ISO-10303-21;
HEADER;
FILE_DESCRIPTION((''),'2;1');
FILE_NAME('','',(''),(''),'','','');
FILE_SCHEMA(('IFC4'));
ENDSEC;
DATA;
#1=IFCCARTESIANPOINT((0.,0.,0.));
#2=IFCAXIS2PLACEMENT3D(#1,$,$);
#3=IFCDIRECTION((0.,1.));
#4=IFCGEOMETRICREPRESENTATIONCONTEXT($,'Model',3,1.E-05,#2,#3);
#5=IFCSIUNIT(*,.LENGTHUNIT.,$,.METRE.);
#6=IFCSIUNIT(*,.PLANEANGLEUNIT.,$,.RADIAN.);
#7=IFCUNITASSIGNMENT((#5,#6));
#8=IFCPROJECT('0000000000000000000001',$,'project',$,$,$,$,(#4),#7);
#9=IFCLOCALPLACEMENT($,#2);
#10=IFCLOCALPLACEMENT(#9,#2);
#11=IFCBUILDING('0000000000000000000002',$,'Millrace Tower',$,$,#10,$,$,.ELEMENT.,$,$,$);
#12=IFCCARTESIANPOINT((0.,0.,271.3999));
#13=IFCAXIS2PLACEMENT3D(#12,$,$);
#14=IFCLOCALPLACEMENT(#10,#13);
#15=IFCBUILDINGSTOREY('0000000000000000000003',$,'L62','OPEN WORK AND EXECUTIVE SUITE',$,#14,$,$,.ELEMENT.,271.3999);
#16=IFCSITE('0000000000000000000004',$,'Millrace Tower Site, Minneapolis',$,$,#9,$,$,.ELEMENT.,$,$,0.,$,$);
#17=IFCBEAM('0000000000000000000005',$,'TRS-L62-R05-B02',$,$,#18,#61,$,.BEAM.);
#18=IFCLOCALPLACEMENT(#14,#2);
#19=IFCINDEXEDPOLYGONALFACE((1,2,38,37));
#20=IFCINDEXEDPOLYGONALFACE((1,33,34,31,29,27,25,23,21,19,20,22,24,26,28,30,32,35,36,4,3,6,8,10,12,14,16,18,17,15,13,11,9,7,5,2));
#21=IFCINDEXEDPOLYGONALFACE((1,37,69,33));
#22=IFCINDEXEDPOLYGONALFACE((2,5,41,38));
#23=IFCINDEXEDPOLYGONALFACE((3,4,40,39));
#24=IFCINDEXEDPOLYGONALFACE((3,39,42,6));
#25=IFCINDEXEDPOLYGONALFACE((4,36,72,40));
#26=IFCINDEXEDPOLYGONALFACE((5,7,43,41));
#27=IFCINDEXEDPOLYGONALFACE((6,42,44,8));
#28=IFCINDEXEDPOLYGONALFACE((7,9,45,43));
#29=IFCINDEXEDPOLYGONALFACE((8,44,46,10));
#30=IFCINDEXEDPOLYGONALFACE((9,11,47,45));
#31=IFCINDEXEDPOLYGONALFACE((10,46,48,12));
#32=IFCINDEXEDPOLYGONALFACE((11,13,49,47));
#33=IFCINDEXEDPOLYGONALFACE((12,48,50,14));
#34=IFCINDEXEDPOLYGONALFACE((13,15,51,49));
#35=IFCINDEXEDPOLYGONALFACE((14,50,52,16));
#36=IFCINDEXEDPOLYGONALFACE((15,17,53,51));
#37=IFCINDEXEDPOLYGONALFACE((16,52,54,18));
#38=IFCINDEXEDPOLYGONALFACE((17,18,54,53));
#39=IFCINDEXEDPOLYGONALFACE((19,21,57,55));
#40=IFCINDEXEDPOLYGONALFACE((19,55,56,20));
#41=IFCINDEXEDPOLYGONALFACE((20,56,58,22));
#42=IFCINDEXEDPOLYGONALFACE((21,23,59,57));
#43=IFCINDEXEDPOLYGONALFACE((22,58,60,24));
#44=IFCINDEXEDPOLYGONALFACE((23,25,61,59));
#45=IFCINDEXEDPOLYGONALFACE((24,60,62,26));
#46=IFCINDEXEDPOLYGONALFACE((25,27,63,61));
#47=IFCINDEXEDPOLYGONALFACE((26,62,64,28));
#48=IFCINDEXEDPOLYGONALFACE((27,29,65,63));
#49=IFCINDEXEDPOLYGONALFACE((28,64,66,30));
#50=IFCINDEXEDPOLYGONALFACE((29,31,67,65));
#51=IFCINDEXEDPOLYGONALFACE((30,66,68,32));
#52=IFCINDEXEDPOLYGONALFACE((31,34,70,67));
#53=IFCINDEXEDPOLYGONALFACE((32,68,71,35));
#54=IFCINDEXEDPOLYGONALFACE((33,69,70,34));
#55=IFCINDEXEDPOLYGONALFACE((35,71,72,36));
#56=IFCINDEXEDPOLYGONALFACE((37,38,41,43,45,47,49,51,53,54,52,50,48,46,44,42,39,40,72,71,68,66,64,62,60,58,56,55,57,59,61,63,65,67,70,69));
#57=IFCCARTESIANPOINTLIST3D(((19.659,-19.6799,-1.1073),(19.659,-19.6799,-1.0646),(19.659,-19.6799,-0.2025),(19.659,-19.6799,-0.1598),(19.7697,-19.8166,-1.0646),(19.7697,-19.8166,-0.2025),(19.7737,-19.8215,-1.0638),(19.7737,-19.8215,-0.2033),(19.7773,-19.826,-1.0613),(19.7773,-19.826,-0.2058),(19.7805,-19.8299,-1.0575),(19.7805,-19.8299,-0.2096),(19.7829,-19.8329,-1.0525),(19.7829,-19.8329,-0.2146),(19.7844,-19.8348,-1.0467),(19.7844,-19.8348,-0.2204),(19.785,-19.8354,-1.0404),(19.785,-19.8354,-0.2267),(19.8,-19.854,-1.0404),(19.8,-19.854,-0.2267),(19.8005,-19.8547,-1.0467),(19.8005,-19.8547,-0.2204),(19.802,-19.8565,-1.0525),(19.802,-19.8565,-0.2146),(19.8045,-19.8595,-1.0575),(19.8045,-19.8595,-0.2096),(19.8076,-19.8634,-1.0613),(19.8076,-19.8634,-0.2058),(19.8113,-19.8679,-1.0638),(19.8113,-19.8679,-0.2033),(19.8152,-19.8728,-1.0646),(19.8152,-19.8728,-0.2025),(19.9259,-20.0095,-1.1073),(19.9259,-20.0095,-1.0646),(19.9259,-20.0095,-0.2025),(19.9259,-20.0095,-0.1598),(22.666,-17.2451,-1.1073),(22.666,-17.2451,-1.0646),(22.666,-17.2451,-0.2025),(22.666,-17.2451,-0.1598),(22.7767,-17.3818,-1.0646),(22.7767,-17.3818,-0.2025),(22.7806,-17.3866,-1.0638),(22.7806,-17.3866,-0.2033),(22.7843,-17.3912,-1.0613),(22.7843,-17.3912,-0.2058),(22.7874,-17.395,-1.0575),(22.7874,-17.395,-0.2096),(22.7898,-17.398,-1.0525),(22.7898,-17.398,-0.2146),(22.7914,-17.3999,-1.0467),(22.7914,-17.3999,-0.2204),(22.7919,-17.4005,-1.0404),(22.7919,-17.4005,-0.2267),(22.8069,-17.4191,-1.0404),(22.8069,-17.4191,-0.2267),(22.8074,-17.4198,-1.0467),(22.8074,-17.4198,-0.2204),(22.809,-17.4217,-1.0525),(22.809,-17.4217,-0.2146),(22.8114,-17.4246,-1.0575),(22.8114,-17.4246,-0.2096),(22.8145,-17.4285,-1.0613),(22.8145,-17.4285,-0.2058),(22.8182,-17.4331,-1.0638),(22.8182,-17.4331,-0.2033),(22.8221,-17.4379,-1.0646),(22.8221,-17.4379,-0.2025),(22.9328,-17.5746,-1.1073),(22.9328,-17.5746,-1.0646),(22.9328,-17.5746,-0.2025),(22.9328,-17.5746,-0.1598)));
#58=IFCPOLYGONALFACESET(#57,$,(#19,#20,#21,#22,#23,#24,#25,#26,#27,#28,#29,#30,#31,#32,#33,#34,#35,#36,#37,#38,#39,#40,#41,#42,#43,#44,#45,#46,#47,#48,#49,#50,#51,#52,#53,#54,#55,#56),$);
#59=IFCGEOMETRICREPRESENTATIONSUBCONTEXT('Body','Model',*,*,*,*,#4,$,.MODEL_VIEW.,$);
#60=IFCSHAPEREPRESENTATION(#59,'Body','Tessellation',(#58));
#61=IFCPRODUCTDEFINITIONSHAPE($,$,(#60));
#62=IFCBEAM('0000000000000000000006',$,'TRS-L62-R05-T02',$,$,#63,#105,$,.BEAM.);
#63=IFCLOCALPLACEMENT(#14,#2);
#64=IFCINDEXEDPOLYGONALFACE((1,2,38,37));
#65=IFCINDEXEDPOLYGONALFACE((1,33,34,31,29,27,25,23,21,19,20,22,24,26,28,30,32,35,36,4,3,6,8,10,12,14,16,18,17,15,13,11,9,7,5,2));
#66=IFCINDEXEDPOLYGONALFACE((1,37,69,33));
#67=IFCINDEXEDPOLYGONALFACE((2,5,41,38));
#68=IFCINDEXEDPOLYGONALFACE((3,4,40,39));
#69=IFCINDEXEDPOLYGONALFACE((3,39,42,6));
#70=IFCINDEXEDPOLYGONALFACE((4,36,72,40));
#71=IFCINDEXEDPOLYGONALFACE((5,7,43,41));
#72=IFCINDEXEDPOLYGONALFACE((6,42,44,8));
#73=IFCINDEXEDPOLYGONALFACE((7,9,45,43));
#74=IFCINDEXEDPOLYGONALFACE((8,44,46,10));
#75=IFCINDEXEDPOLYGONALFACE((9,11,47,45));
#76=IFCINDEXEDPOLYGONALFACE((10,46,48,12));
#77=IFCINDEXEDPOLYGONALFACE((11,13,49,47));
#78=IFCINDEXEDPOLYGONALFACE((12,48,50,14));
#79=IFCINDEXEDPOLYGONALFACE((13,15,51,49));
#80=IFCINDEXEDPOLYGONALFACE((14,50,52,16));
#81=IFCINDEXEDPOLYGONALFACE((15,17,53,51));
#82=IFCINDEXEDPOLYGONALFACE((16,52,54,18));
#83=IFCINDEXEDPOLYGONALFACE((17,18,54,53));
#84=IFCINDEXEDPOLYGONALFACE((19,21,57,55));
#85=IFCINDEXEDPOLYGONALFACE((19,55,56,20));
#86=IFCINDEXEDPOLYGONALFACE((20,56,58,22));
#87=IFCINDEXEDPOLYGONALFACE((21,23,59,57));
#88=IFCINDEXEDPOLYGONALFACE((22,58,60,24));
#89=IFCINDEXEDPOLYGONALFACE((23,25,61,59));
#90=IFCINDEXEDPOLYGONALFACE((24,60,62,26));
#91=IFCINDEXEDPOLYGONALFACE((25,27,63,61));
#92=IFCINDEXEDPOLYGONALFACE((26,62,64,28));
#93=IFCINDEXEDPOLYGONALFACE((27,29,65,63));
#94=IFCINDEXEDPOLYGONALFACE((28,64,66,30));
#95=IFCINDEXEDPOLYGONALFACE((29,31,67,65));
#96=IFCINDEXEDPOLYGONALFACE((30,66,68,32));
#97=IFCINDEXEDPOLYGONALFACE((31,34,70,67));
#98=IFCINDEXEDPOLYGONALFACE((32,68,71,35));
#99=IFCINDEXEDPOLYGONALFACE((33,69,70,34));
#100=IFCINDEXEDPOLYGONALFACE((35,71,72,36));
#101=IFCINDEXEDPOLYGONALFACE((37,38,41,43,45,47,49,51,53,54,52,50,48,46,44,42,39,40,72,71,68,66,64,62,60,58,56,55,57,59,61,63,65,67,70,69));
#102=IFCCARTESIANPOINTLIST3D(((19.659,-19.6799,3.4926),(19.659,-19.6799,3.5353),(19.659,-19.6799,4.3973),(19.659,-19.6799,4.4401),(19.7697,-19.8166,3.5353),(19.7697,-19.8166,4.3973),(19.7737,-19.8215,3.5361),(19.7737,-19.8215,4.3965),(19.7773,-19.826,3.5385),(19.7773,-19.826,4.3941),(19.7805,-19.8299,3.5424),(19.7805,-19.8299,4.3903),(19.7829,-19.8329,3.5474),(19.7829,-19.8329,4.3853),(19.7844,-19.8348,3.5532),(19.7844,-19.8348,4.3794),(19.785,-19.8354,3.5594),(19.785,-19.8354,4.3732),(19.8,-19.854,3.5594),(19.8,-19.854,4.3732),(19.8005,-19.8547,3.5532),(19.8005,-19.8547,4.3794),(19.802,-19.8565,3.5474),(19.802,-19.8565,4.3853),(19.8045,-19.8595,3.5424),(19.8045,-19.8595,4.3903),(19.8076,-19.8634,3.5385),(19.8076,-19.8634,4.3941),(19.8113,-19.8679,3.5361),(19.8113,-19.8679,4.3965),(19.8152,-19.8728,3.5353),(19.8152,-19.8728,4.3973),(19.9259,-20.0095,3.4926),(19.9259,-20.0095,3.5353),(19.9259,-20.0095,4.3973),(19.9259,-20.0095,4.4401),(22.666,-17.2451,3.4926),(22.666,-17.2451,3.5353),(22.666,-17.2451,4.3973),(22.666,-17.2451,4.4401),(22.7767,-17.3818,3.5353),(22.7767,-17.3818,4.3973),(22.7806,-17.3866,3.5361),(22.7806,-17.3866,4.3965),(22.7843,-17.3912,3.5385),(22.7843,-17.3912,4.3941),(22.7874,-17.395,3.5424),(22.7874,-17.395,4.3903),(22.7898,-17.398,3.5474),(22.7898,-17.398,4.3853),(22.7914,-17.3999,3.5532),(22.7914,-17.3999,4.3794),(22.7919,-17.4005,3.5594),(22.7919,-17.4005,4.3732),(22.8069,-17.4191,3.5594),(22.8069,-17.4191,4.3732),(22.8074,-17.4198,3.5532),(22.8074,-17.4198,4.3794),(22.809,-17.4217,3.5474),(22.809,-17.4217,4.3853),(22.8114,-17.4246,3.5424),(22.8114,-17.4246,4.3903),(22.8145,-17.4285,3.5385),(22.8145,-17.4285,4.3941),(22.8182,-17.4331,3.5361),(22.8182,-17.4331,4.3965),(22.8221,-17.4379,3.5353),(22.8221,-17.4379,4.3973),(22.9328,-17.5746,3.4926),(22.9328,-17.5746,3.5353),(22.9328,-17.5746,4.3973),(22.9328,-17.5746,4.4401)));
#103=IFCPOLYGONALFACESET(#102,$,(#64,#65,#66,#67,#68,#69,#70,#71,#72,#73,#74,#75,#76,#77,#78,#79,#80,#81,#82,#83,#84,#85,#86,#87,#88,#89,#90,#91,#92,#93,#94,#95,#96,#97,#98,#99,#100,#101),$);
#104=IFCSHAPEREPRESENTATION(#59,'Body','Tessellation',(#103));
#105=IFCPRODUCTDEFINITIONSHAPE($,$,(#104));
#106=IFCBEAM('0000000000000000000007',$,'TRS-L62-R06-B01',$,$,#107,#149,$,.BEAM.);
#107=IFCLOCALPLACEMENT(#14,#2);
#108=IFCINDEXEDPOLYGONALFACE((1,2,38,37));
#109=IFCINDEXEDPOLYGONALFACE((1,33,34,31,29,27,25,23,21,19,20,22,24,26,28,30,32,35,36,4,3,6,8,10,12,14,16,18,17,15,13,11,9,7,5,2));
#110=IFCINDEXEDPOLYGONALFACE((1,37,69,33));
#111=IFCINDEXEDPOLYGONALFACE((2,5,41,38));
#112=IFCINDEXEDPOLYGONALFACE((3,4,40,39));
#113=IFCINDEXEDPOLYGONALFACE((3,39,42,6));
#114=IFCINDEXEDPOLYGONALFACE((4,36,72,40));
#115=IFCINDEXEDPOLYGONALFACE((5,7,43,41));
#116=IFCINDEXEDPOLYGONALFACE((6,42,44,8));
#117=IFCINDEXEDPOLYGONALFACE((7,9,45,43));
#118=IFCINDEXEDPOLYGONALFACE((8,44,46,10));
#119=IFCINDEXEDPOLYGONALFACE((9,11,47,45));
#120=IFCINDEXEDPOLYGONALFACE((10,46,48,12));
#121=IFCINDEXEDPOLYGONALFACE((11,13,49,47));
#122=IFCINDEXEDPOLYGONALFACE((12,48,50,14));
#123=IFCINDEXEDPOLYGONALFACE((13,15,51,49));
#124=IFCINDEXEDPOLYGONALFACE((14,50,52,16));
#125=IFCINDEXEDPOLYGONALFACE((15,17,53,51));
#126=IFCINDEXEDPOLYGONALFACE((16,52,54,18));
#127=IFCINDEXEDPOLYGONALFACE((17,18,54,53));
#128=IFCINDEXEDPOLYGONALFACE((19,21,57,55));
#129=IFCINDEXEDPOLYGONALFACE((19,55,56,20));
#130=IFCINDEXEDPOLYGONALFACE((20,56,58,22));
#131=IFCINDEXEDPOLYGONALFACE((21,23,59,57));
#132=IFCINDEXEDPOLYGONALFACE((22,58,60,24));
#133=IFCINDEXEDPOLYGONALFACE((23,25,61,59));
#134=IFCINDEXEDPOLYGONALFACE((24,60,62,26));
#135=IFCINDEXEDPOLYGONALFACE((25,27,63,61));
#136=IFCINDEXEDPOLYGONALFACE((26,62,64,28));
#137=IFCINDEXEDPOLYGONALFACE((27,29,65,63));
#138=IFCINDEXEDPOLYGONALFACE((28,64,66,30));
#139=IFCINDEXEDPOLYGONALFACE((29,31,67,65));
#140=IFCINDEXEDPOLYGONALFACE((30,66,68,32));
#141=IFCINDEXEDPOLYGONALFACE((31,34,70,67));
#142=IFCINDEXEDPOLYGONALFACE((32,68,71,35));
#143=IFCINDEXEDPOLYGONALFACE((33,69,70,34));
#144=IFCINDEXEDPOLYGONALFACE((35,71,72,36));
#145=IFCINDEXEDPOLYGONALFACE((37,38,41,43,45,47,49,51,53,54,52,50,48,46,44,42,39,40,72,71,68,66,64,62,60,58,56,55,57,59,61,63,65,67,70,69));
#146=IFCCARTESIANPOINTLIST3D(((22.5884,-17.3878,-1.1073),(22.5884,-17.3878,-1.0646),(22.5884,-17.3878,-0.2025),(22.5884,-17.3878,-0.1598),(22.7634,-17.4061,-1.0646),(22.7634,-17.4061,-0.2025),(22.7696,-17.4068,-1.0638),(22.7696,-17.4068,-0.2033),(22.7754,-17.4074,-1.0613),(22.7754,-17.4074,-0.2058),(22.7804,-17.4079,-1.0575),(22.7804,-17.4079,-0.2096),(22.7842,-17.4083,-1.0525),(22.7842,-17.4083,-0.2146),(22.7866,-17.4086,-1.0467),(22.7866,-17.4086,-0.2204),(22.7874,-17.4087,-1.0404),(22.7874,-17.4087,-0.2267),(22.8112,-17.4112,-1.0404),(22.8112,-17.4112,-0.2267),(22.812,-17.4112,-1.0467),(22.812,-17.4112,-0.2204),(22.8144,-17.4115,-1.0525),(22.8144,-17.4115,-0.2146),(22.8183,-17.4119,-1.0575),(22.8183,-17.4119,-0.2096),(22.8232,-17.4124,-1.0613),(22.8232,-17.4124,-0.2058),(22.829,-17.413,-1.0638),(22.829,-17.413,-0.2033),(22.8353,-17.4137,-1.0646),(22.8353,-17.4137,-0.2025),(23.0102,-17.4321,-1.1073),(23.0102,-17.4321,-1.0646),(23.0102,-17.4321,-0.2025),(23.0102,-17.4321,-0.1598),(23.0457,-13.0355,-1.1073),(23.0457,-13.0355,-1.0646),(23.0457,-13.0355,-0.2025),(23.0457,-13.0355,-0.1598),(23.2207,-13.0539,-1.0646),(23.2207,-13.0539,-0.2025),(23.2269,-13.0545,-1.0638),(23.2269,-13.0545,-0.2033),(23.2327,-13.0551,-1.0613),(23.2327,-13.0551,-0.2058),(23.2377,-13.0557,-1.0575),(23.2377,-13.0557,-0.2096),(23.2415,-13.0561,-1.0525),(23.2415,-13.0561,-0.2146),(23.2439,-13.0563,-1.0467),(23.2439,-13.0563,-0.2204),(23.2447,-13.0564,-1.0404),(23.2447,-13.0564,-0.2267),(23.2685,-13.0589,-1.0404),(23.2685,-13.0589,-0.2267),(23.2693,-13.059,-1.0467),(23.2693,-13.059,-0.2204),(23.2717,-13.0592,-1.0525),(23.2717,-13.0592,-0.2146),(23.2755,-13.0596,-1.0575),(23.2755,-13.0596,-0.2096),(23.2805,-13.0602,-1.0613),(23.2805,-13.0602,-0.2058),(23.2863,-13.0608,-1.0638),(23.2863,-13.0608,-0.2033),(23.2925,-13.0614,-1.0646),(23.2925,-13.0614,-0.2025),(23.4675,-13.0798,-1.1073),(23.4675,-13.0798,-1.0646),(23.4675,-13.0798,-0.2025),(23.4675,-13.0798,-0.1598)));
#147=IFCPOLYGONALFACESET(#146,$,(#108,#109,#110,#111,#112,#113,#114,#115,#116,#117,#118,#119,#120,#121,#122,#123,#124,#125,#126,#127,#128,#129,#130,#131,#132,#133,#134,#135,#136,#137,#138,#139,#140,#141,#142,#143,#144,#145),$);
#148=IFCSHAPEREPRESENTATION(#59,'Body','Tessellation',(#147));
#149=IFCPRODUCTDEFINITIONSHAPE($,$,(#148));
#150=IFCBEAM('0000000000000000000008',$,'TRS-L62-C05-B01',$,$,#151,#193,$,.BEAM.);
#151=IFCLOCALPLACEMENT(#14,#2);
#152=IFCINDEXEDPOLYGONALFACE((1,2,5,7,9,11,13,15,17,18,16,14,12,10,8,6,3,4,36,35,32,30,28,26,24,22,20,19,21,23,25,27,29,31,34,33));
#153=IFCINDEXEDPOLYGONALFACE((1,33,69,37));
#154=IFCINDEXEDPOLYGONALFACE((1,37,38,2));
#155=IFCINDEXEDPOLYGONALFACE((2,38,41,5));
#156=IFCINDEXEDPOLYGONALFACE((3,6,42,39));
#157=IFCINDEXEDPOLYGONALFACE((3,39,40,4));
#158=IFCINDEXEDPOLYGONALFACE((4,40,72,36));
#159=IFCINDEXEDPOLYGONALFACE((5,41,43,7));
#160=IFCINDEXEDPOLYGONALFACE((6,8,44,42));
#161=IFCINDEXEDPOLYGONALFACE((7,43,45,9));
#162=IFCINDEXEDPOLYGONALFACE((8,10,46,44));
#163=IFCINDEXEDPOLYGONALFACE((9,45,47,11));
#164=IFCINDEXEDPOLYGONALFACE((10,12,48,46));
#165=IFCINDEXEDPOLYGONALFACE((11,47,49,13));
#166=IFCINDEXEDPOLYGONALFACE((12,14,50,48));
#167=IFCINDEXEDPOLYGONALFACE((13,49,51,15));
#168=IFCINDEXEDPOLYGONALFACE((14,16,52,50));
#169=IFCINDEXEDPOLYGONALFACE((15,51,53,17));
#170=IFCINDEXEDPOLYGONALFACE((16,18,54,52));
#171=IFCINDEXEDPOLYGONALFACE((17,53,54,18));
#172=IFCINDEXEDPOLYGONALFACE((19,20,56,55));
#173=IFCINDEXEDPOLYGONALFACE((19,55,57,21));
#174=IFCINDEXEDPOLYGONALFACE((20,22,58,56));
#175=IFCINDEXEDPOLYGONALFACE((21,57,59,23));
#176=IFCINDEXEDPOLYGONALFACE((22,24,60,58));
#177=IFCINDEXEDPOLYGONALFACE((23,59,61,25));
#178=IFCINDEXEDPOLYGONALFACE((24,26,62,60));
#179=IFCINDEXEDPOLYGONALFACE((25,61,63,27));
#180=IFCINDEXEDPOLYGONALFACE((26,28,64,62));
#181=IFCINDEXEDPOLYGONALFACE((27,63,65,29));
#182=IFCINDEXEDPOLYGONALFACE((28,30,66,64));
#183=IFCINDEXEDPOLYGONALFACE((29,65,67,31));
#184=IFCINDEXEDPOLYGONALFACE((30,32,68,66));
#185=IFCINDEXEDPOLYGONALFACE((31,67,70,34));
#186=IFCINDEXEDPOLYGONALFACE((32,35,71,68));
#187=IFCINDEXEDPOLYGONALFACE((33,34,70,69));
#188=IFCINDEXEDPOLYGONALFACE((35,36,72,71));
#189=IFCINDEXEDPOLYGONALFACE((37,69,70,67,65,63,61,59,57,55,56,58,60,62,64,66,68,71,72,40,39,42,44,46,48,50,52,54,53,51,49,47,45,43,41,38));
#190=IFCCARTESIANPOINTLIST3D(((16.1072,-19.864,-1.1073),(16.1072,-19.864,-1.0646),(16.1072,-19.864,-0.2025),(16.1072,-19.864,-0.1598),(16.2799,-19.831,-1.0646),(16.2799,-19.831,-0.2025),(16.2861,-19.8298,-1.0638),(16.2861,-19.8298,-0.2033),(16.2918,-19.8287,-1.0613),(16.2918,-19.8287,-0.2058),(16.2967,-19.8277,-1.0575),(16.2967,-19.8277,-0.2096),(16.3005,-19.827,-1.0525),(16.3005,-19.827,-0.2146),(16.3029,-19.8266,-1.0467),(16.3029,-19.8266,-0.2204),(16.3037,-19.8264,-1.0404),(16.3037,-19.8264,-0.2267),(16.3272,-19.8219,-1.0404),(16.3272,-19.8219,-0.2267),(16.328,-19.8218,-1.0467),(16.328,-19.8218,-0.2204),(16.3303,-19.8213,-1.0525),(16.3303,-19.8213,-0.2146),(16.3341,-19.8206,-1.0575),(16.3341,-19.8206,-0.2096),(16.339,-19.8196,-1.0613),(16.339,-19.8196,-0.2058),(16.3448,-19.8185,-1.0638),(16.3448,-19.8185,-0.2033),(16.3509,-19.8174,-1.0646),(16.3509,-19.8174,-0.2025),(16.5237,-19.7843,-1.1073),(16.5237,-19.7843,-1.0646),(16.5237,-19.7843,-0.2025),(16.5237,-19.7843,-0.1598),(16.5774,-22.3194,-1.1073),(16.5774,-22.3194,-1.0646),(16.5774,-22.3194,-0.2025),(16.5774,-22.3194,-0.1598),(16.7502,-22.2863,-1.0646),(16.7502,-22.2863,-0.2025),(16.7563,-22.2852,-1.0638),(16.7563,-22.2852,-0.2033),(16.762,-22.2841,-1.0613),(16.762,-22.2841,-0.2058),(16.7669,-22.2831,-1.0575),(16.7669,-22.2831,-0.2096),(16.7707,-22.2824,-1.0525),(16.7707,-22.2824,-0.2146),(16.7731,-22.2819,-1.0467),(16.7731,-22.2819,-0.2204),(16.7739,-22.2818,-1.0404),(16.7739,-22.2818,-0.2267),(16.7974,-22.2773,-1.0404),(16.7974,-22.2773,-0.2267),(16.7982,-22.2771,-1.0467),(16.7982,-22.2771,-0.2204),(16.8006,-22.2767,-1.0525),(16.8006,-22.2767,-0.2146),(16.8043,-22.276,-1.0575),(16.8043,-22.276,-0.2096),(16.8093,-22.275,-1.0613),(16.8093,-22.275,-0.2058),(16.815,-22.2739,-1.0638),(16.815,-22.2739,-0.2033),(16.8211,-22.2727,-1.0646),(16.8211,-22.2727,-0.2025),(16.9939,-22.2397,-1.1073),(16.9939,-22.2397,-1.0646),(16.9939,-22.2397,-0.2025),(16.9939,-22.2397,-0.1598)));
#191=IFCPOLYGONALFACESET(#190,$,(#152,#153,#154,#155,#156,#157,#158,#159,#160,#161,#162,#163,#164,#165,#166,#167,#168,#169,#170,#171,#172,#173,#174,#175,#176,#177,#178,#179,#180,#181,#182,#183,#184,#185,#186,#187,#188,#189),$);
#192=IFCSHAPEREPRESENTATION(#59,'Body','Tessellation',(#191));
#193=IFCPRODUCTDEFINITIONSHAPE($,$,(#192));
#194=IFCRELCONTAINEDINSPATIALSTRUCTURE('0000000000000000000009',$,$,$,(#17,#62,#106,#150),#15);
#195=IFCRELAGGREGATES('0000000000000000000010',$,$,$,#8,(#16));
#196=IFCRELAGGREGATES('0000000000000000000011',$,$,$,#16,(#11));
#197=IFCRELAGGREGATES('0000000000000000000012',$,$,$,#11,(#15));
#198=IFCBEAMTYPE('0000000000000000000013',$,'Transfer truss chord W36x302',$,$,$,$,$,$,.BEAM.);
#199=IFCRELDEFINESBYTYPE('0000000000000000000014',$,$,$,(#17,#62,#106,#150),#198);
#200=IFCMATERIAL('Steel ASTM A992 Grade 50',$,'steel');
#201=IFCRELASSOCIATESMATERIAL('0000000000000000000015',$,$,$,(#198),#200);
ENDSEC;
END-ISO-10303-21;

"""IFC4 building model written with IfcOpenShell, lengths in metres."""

from ifc_helpers import new_model, si_unit, direction, frame, origin, origin_2d, place, context, subcontext, project, spatial, i_section, extrude, material, material_profile, profile_set, type_object, element, save


model = new_model("IFC4")

# Units and contexts
model_context = context("Model", 3, precision=1e-05, world=origin(), true_north=direction((0.0, 1.0)))
body_context = subcontext(model_context, "Body", "Model", "MODEL_VIEW")
ifc_project = project(units=[si_unit("LENGTHUNIT", "METRE"), si_unit("PLANEANGLEUNIT", "RADIAN")], contexts=[model_context])

# Site, building, storey
site_placement = place(None, origin())
site = spatial("IfcSite", under=ifc_project, at=site_placement, Name="Millrace Tower Site, Minneapolis", CompositionType="ELEMENT", RefElevation=0.0)
building_placement = place(site_placement, origin())
building = spatial("IfcBuilding", under=site, at=building_placement, Name="Millrace Tower", CompositionType="ELEMENT")
storey_placement = place(building_placement, frame((0.0, 0.0, 271.3999)))
storey = spatial("IfcBuildingStorey", under=building, at=storey_placement, Name="L62", Description="OPEN WORK AND EXECUTIVE SUITE", CompositionType="ELEMENT", Elevation=271.3999)

# Beams
ifc_material_1 = material(Name="Steel ASTM A992 Grade 50", Category="steel")
ifc_material_profile_1 = material_profile(ifc_material_1, i_section(OverallWidth=0.4241, OverallDepth=0.9475, WebThickness=0.0239, FlangeThickness=0.0427, FilletRadius=0.0242, at=origin_2d()))
ifc_profile_set_1 = profile_set([ifc_material_profile_1], Name="Steel ASTM A992 Grade 50")
beam_type_1 = type_object("IfcBeamType", Name="Transfer truss chord W36x302", PredefinedType="BEAM", material=ifc_profile_set_1)
for number, where, z_axis, x_axis, name in (
    (1, (19.7925, -19.8447, -0.6335), (0.777155, 0.629309, 0.0), (-0.629309, 0.777155, 0.0), "TRS-L62-R05-B02"),
    (2, (19.7925, -19.8447, 3.9663), (0.777155, 0.629309, 0.0), (-0.629309, 0.777155, 0.0), "TRS-L62-R05-T02"),
):
    element("IfcBeam", number, at=place(storey_placement, frame(where, z_axis=z_axis, x_axis=x_axis)), inside=storey, type_object=beam_type_1, Name=name, PredefinedType="BEAM", context=body_context, shape_type="SweptSolid", body=[
        extrude(i_section(OverallWidth=0.4241, OverallDepth=0.9475, WebThickness=0.0239, FlangeThickness=0.0427, FilletRadius=0.0242, at=origin_2d()), origin(), (0.0, 0.0, 1.0), 3.8691),
    ])
beam_1_placement = place(storey_placement, frame((22.7993, -17.4099, -0.6335), z_axis=(0.10449, 0.994526, 0.0), x_axis=(-0.994526, 0.10449, 0.0)))
element("IfcBeam", 3, at=beam_1_placement, inside=storey, type_object=beam_type_1, Name="TRS-L62-R06-B01", PredefinedType="BEAM", context=body_context, shape_type="SweptSolid", body=[
    extrude(i_section(OverallWidth=0.4241, OverallDepth=0.9475, WebThickness=0.0239, FlangeThickness=0.0427, FilletRadius=0.0242, at=origin_2d()), origin(), (0.0, 0.0, 1.0), 4.3762),
])
for number, where, z_axis, x_axis, name in (
    (4, (16.7856, -22.2795, -0.6335), (-0.18809, 0.982152, 0.0), (-0.982152, -0.18809, 0.0), "TRS-L62-C05-B01"),
):
    element("IfcBeam", number, at=place(storey_placement, frame(where, z_axis=z_axis, x_axis=x_axis)), inside=storey, type_object=beam_type_1, Name=name, PredefinedType="BEAM", context=body_context, shape_type="SweptSolid", body=[
        extrude(i_section(OverallWidth=0.4241, OverallDepth=0.9475, WebThickness=0.0239, FlangeThickness=0.0427, FilletRadius=0.0242, at=origin_2d()), origin(), (0.0, 0.0, 1.0), 2.5),
    ])

save(model, "model.ifc")
